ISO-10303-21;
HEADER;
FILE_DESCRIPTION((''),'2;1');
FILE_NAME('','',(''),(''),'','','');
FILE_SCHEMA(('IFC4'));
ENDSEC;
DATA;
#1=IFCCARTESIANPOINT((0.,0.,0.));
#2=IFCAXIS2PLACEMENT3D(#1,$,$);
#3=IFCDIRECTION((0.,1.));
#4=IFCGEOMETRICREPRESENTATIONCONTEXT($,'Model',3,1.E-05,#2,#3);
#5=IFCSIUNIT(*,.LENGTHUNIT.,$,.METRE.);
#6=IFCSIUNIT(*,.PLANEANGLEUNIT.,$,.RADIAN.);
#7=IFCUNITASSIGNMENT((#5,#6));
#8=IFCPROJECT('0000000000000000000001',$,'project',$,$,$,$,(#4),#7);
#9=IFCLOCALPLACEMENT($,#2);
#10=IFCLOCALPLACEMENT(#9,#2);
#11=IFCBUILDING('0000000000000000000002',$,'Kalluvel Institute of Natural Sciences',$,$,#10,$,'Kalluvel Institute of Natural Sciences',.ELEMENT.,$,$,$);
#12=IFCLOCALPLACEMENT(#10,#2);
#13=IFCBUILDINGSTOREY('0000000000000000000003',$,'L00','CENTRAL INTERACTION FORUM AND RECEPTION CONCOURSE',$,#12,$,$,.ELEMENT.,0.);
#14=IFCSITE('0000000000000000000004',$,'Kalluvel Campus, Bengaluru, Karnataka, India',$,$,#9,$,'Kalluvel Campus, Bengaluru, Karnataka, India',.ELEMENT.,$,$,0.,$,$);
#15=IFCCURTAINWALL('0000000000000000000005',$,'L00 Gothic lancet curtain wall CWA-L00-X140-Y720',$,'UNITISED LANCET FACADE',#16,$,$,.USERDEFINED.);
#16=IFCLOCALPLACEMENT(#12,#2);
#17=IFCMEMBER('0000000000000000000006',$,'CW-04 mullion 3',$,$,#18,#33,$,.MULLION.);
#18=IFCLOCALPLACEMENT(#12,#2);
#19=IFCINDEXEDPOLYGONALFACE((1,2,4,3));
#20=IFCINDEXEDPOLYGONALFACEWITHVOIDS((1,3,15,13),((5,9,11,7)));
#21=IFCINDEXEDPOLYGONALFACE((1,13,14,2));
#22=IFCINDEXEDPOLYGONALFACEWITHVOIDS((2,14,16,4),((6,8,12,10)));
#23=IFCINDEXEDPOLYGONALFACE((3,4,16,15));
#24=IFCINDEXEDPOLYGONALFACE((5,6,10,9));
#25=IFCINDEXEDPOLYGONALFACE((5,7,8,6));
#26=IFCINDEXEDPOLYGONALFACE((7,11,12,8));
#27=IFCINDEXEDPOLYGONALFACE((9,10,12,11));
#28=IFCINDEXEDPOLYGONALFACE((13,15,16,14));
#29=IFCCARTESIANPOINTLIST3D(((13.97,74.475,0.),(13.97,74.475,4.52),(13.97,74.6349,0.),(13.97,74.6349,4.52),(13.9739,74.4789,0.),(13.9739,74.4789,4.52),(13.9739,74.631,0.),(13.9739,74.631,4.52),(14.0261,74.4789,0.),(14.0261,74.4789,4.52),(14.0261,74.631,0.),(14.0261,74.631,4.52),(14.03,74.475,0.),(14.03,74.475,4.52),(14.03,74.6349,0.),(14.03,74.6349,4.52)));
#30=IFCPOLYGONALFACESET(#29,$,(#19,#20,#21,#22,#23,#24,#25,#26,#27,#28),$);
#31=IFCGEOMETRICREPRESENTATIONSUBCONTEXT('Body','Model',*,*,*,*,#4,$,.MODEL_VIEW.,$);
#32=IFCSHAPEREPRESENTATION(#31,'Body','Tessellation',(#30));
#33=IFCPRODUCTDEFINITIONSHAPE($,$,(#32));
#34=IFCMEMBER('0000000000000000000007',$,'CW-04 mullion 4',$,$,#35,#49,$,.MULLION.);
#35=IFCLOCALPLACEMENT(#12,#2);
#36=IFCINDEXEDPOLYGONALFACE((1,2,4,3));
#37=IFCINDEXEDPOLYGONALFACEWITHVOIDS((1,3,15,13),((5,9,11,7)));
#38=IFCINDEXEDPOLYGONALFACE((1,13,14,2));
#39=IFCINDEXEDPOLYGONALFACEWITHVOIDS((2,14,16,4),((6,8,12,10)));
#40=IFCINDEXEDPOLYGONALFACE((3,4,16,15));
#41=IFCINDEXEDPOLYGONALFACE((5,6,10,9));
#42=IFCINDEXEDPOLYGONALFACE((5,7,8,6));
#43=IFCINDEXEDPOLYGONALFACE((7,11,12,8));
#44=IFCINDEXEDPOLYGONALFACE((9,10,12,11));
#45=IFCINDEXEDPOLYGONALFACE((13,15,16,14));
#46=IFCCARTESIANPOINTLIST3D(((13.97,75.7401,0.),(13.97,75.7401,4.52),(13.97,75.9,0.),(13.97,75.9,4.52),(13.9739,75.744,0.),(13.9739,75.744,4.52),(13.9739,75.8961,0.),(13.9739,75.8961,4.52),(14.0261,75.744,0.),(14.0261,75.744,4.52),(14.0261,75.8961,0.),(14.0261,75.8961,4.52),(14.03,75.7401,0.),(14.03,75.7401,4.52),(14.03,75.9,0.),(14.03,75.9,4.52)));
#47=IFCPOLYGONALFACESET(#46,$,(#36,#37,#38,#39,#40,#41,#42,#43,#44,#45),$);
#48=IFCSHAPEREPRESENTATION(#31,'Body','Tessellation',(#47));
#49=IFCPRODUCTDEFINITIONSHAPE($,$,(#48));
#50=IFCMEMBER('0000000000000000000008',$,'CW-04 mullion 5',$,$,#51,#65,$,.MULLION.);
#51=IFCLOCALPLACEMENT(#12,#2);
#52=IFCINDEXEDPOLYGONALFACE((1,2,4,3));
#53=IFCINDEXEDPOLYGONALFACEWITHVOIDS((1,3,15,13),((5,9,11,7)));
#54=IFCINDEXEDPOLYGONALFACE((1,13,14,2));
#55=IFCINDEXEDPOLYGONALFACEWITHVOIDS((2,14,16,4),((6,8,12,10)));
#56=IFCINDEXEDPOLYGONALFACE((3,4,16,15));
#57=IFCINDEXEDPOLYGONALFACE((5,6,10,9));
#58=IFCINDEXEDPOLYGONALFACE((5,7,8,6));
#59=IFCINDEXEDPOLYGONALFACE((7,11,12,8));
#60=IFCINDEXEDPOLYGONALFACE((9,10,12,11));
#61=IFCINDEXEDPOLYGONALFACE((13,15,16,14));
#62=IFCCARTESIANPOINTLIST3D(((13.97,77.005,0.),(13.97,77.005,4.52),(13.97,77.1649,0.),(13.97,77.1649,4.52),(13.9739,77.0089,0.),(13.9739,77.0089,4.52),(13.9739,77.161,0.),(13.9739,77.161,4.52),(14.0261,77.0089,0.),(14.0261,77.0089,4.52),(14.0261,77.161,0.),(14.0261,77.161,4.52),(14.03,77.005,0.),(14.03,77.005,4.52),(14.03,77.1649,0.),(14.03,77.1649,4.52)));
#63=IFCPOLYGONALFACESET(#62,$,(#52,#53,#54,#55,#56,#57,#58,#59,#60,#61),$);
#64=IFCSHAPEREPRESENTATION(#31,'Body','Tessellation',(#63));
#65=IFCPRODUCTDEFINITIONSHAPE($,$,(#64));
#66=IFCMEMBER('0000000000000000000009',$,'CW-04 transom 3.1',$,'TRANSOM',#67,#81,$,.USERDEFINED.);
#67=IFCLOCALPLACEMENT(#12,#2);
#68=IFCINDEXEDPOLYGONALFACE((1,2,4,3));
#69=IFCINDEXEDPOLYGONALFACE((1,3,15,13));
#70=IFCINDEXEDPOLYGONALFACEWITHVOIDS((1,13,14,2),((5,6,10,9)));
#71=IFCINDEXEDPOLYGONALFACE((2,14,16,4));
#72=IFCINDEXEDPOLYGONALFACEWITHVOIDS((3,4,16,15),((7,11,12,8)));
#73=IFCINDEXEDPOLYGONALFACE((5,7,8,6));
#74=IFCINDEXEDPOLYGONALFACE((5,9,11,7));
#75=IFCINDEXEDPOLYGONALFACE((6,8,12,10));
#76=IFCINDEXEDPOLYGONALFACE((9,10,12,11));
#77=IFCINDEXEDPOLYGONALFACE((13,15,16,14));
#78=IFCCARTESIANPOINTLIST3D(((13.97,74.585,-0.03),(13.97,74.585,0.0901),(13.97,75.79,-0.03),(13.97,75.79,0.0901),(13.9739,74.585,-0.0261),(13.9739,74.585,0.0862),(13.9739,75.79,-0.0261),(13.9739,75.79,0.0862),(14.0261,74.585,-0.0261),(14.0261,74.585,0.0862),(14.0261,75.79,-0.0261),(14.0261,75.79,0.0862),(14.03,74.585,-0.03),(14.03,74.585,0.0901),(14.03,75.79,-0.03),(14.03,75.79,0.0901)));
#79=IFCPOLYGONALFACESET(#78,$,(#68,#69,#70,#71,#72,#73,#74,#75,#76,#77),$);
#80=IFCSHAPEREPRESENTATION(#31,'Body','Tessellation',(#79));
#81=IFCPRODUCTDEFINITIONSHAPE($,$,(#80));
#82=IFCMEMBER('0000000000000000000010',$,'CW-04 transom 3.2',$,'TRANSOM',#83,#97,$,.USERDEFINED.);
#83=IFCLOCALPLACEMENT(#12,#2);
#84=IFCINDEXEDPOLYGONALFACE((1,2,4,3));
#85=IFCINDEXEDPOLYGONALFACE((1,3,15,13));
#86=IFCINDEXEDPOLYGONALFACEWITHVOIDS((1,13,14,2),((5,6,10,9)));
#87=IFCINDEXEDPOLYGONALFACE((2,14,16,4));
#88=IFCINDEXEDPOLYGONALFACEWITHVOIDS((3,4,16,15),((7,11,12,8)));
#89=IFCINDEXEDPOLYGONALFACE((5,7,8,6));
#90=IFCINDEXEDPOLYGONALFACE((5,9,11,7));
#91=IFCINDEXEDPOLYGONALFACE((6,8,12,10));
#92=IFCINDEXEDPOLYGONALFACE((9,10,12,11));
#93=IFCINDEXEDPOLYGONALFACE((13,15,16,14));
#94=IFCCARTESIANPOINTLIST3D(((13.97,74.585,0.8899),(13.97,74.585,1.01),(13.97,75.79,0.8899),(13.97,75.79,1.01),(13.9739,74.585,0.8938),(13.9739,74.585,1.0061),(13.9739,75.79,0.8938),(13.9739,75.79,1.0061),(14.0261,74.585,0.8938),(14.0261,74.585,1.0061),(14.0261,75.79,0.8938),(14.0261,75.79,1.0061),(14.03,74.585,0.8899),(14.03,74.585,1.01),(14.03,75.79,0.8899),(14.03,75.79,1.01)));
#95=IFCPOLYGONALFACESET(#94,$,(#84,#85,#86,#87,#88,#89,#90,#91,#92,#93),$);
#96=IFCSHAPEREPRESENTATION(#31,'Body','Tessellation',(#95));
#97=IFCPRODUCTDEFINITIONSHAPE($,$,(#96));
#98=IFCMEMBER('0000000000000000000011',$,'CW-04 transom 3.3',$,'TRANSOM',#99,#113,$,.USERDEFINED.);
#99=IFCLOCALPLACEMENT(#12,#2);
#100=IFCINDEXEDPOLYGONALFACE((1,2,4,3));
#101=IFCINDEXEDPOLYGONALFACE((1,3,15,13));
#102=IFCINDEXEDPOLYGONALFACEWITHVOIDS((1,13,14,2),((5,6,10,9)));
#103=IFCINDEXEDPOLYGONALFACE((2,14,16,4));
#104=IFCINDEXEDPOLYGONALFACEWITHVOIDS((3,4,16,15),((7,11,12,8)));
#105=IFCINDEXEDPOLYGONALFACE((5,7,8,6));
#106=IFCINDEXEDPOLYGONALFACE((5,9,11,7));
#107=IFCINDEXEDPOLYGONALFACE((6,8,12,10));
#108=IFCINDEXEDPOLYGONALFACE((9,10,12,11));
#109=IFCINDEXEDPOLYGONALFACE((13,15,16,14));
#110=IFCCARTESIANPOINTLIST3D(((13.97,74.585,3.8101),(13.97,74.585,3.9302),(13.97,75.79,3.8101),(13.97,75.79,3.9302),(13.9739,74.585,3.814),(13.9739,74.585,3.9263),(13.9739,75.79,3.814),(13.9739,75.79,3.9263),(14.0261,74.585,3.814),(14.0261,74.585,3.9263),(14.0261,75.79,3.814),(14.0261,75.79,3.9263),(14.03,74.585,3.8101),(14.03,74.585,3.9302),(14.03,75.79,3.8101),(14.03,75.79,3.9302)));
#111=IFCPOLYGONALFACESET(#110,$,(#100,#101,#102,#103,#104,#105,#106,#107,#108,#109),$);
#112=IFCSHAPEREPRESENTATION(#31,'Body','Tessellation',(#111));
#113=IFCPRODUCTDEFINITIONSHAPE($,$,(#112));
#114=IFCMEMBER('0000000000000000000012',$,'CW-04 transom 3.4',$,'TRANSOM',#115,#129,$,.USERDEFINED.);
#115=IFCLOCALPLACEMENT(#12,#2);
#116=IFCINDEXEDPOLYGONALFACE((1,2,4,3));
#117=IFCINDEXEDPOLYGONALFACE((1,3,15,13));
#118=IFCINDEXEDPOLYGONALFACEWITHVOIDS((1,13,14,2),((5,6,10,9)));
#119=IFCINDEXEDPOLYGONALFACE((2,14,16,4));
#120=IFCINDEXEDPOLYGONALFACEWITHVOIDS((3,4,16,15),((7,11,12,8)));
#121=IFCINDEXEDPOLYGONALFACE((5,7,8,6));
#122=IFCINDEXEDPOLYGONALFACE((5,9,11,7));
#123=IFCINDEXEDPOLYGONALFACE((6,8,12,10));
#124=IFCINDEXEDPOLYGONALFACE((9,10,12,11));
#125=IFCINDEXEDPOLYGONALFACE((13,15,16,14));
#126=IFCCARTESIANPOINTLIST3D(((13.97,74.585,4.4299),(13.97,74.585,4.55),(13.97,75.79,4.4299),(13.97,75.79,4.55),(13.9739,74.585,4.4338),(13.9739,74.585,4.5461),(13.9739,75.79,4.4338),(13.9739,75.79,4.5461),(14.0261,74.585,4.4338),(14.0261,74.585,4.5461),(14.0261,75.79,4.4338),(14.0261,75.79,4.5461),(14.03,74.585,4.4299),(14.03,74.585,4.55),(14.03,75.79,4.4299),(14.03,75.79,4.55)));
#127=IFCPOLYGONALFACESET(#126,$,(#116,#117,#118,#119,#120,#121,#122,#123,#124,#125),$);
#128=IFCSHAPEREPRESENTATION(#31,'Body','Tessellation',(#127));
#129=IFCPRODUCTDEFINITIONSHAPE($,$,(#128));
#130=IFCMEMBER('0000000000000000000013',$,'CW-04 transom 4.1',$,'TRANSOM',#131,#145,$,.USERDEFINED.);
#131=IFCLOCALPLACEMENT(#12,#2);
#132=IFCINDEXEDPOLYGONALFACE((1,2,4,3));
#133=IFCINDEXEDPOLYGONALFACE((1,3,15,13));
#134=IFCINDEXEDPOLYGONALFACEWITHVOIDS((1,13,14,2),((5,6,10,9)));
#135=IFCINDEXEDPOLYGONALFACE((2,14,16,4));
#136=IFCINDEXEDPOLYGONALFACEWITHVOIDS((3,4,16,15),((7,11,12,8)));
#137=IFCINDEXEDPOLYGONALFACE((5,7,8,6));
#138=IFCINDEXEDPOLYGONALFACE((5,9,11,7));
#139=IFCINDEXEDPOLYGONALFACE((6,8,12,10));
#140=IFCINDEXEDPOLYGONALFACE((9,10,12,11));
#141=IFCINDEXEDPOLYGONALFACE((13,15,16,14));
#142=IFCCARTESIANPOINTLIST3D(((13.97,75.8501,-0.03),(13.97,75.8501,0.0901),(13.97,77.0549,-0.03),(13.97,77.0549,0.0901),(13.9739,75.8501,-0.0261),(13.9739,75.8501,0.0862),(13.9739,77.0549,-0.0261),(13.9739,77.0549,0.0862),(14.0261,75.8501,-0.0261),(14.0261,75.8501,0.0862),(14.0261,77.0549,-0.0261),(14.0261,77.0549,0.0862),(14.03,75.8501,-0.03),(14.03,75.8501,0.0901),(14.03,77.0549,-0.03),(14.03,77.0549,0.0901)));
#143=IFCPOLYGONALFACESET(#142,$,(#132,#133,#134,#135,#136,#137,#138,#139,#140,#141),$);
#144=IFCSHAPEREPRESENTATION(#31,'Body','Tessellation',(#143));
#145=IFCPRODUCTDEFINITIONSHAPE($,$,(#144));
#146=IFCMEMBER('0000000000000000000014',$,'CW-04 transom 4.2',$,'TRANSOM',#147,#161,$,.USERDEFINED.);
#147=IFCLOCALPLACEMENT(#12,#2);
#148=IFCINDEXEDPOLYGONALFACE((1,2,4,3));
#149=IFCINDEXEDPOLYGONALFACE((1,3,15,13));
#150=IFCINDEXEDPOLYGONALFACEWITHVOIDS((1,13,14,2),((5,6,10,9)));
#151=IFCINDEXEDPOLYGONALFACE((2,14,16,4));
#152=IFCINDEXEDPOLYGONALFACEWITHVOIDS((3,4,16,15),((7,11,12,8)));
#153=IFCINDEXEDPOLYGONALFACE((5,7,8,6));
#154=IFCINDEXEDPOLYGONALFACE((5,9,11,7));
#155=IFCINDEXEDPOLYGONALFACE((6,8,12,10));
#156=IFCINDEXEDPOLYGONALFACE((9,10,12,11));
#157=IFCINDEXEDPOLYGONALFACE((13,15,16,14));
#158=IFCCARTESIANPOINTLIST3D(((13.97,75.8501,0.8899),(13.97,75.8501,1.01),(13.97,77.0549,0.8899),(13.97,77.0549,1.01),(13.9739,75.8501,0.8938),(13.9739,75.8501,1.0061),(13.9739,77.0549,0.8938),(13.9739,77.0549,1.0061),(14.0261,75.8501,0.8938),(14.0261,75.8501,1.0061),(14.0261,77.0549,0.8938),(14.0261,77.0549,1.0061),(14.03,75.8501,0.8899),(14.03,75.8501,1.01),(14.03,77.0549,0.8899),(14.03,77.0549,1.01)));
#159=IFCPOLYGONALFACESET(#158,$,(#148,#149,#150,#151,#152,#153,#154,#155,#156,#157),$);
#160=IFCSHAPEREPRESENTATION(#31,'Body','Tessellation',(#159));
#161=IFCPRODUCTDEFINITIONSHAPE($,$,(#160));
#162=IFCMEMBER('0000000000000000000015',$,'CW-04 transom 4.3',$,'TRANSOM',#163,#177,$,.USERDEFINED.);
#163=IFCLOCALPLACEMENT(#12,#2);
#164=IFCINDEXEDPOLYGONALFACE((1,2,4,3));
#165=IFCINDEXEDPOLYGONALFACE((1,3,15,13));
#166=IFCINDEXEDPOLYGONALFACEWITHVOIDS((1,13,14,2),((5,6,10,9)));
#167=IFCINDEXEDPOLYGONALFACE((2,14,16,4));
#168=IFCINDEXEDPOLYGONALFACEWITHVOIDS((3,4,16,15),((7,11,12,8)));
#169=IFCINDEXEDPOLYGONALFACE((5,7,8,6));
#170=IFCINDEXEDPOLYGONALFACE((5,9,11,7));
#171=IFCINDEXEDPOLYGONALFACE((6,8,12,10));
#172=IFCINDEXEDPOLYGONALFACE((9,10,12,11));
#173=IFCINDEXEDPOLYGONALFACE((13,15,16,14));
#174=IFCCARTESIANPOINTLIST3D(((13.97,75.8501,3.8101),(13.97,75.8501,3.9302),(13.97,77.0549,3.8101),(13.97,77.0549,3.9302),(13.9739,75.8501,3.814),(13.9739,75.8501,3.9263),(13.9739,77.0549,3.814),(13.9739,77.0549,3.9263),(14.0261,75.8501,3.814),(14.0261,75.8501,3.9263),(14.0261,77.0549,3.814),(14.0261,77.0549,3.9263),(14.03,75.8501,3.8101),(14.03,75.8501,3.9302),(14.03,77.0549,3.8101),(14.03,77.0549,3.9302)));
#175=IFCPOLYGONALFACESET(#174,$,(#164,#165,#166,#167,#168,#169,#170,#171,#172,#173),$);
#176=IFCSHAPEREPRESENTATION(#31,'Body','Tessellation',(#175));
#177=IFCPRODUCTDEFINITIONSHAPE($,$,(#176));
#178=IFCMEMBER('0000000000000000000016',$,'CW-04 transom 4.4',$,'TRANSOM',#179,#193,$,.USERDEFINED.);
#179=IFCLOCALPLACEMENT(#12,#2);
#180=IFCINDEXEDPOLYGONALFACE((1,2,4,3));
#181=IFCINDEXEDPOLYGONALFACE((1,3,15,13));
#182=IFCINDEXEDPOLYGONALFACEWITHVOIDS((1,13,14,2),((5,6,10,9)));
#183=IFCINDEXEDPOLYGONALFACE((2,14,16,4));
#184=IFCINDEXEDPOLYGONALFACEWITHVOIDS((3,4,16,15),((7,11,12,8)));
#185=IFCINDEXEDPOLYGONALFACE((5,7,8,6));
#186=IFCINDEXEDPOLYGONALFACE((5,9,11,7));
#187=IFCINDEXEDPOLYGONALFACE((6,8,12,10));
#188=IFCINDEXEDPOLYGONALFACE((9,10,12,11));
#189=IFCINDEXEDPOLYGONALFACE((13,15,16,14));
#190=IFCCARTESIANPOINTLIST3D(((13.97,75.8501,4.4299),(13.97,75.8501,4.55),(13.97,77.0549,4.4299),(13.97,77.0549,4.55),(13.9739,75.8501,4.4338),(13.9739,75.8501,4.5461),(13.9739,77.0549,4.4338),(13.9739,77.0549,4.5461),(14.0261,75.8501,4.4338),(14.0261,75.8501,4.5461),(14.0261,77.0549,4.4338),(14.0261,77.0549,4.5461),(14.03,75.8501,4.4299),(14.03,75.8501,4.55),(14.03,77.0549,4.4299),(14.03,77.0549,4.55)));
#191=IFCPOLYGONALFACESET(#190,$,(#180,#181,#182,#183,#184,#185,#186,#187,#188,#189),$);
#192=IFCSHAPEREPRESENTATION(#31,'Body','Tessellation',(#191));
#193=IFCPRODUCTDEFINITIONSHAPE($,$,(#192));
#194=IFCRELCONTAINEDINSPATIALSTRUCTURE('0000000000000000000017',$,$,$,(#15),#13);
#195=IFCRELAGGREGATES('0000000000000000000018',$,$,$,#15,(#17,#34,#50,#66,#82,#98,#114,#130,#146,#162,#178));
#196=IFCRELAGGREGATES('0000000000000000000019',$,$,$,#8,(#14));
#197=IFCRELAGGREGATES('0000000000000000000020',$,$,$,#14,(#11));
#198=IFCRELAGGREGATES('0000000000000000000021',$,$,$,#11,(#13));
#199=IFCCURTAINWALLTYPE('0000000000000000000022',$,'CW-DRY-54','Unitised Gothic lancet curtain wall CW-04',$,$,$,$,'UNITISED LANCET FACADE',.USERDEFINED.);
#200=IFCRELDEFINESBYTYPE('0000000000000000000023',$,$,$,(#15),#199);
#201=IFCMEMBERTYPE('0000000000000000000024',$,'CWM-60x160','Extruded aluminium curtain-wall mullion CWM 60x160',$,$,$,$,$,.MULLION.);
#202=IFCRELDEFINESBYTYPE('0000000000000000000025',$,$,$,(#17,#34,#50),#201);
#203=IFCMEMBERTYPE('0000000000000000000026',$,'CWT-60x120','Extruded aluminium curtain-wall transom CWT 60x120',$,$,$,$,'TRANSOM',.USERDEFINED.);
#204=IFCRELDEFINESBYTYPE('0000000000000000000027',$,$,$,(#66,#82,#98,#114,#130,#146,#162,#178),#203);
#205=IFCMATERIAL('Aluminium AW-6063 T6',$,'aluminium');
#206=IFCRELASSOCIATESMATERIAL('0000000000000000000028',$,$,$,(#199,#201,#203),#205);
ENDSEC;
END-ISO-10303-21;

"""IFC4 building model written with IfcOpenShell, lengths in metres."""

from ifc_helpers import new_model, si_unit, direction, frame, origin, origin_2d, place, context, subcontext, project, spatial, hollow_rectangle, extrude, material, material_profile, profile_set, type_object, element, aggregate, save


model = new_model("IFC4")

# Units and contexts
model_context = context("Model", 3, precision=1e-05, world=origin(), true_north=direction((0.0, 1.0)))
body_context = subcontext(model_context, "Body", "Model", "MODEL_VIEW")
ifc_project = project(units=[si_unit("LENGTHUNIT", "METRE"), si_unit("PLANEANGLEUNIT", "RADIAN")], contexts=[model_context])

# Site, building, storey
site_placement = place(None, origin())
site = spatial("IfcSite", under=ifc_project, at=site_placement, Name="Kalluvel Campus, Bengaluru, Karnataka, India", LongName="Kalluvel Campus, Bengaluru, Karnataka, India", CompositionType="ELEMENT", RefElevation=0.0)
building_placement = place(site_placement, origin())
building = spatial("IfcBuilding", under=site, at=building_placement, Name="Kalluvel Institute of Natural Sciences", LongName="Kalluvel Institute of Natural Sciences", CompositionType="ELEMENT")
storey_placement = place(building_placement, origin())
storey = spatial("IfcBuildingStorey", under=building, at=storey_placement, Name="L00", Description="CENTRAL INTERACTION FORUM AND RECEPTION CONCOURSE", CompositionType="ELEMENT", Elevation=0.0)

# Curtain wall, members
ifc_material_1 = material(Name="Aluminium AW-6063 T6", Category="aluminium")
curtain_wall_type = type_object("IfcCurtainWallType", Name="CW-DRY-54", Description="Unitised Gothic lancet curtain wall CW-04", ElementType="UNITISED LANCET FACADE", PredefinedType="USERDEFINED", material=ifc_material_1)
curtain_wall_placement = place(storey_placement, origin())
curtain_wall = element("IfcCurtainWall", 1, at=curtain_wall_placement, inside=storey, type_object=curtain_wall_type, Name="L00 Gothic lancet curtain wall CWA-L00-X140-Y720", ObjectType="UNITISED LANCET FACADE", PredefinedType="USERDEFINED")
ifc_material_profile_1 = material_profile(ifc_material_1, hollow_rectangle(XDim=0.0601, YDim=0.1599, WallThickness=0.0039, at=origin_2d()), Name="CWM 60x160")
ifc_profile_set_1 = profile_set([ifc_material_profile_1], Name="Aluminium AW-6063 T6")
member_type_1 = type_object("IfcMemberType", Name="CWM-60x160", Description="Extruded aluminium curtain-wall mullion CWM 60x160", PredefinedType="MULLION", material=ifc_profile_set_1)
member_1_placement = place(storey_placement, frame((14.0, 74.5549, 0.0), z_axis=(0.0, 0.0, 1.0), x_axis=(-1.0, 0.0, 0.0)))
member_1 = element("IfcMember", 2, at=member_1_placement, type_object=member_type_1, Name="CW-04 mullion 3", PredefinedType="MULLION", context=body_context, shape_type="SweptSolid", body=[
    extrude(hollow_rectangle(XDim=0.0601, YDim=0.1599, WallThickness=0.0039, at=origin_2d()), origin(), (0.0, 0.0, 1.0), 4.52),
])
member_2_placement = place(storey_placement, frame((14.0, 75.8201, 0.0), z_axis=(0.0, 0.0, 1.0), x_axis=(-1.0, 0.0, 0.0)))
member_2 = element("IfcMember", 3, at=member_2_placement, type_object=member_type_1, Name="CW-04 mullion 4", PredefinedType="MULLION", context=body_context, shape_type="SweptSolid", body=[
    extrude(hollow_rectangle(XDim=0.0601, YDim=0.1599, WallThickness=0.0039, at=origin_2d()), origin(), (0.0, 0.0, 1.0), 4.52),
])
member_3_placement = place(storey_placement, frame((14.0, 77.085, 0.0), z_axis=(0.0, 0.0, 1.0), x_axis=(-1.0, 0.0, 0.0)))
member_3 = element("IfcMember", 4, at=member_3_placement, type_object=member_type_1, Name="CW-04 mullion 5", PredefinedType="MULLION", context=body_context, shape_type="SweptSolid", body=[
    extrude(hollow_rectangle(XDim=0.0601, YDim=0.1599, WallThickness=0.0039, at=origin_2d()), origin(), (0.0, 0.0, 1.0), 4.52),
])
ifc_material_profile_2 = material_profile(ifc_material_1, hollow_rectangle(XDim=0.0601, YDim=0.1201, WallThickness=0.0039, at=origin_2d()), Name="CWT 60x120")
ifc_profile_set_2 = profile_set([ifc_material_profile_2], Name="Aluminium AW-6063 T6")
member_type_2 = type_object("IfcMemberType", Name="CWT-60x120", Description="Extruded aluminium curtain-wall transom CWT 60x120", ElementType="TRANSOM", PredefinedType="USERDEFINED", material=ifc_profile_set_2)
member_4_placement = place(storey_placement, frame((14.0, 74.585, 0.03), z_axis=(0.0, 1.0, 0.0), x_axis=(-1.0, 0.0, 0.0)))
member_4 = element("IfcMember", 5, at=member_4_placement, type_object=member_type_2, Name="CW-04 transom 3.1", ObjectType="TRANSOM", PredefinedType="USERDEFINED", context=body_context, shape_type="SweptSolid", body=[
    extrude(hollow_rectangle(XDim=0.0601, YDim=0.1201, WallThickness=0.0039, at=origin_2d()), origin(), (0.0, 0.0, 1.0), 1.2051),
])
member_5_placement = place(storey_placement, frame((14.0, 74.585, 0.95), z_axis=(0.0, 1.0, 0.0), x_axis=(-1.0, 0.0, 0.0)))
member_5 = element("IfcMember", 6, at=member_5_placement, type_object=member_type_2, Name="CW-04 transom 3.2", ObjectType="TRANSOM", PredefinedType="USERDEFINED", context=body_context, shape_type="SweptSolid", body=[
    extrude(hollow_rectangle(XDim=0.0601, YDim=0.1201, WallThickness=0.0039, at=origin_2d()), origin(), (0.0, 0.0, 1.0), 1.2051),
])
member_6_placement = place(storey_placement, frame((14.0, 74.585, 3.8701), z_axis=(0.0, 1.0, 0.0), x_axis=(-1.0, 0.0, 0.0)))
member_6 = element("IfcMember", 7, at=member_6_placement, type_object=member_type_2, Name="CW-04 transom 3.3", ObjectType="TRANSOM", PredefinedType="USERDEFINED", context=body_context, shape_type="SweptSolid", body=[
    extrude(hollow_rectangle(XDim=0.0601, YDim=0.1201, WallThickness=0.0039, at=origin_2d()), origin(), (0.0, 0.0, 1.0), 1.2051),
])
member_7_placement = place(storey_placement, frame((14.0, 74.585, 4.49), z_axis=(0.0, 1.0, 0.0), x_axis=(-1.0, 0.0, 0.0)))
member_7 = element("IfcMember", 8, at=member_7_placement, type_object=member_type_2, Name="CW-04 transom 3.4", ObjectType="TRANSOM", PredefinedType="USERDEFINED", context=body_context, shape_type="SweptSolid", body=[
    extrude(hollow_rectangle(XDim=0.0601, YDim=0.1201, WallThickness=0.0039, at=origin_2d()), origin(), (0.0, 0.0, 1.0), 1.2051),
])
member_8_placement = place(storey_placement, frame((14.0, 75.8501, 0.03), z_axis=(0.0, 1.0, 0.0), x_axis=(-1.0, 0.0, 0.0)))
member_8 = element("IfcMember", 9, at=member_8_placement, type_object=member_type_2, Name="CW-04 transom 4.1", ObjectType="TRANSOM", PredefinedType="USERDEFINED", context=body_context, shape_type="SweptSolid", body=[
    extrude(hollow_rectangle(XDim=0.0601, YDim=0.1201, WallThickness=0.0039, at=origin_2d()), origin(), (0.0, 0.0, 1.0), 1.2048),
])
member_9_placement = place(storey_placement, frame((14.0, 75.8501, 0.95), z_axis=(0.0, 1.0, 0.0), x_axis=(-1.0, 0.0, 0.0)))
member_9 = element("IfcMember", 10, at=member_9_placement, type_object=member_type_2, Name="CW-04 transom 4.2", ObjectType="TRANSOM", PredefinedType="USERDEFINED", context=body_context, shape_type="SweptSolid", body=[
    extrude(hollow_rectangle(XDim=0.0601, YDim=0.1201, WallThickness=0.0039, at=origin_2d()), origin(), (0.0, 0.0, 1.0), 1.2048),
])
member_10_placement = place(storey_placement, frame((14.0, 75.8501, 3.8701), z_axis=(0.0, 1.0, 0.0), x_axis=(-1.0, 0.0, 0.0)))
member_10 = element("IfcMember", 11, at=member_10_placement, type_object=member_type_2, Name="CW-04 transom 4.3", ObjectType="TRANSOM", PredefinedType="USERDEFINED", context=body_context, shape_type="SweptSolid", body=[
    extrude(hollow_rectangle(XDim=0.0601, YDim=0.1201, WallThickness=0.0039, at=origin_2d()), origin(), (0.0, 0.0, 1.0), 1.2048),
])
member_11_placement = place(storey_placement, frame((14.0, 75.8501, 4.49), z_axis=(0.0, 1.0, 0.0), x_axis=(-1.0, 0.0, 0.0)))
member_11 = element("IfcMember", 12, at=member_11_placement, type_object=member_type_2, Name="CW-04 transom 4.4", ObjectType="TRANSOM", PredefinedType="USERDEFINED", context=body_context, shape_type="SweptSolid", body=[
    extrude(hollow_rectangle(XDim=0.0601, YDim=0.1201, WallThickness=0.0039, at=origin_2d()), origin(), (0.0, 0.0, 1.0), 1.2048),
])
aggregate(curtain_wall, [member_1, member_2, member_3, member_4, member_5, member_6, member_7, member_8, member_9, member_10, member_11])

save(model, "model.ifc")
